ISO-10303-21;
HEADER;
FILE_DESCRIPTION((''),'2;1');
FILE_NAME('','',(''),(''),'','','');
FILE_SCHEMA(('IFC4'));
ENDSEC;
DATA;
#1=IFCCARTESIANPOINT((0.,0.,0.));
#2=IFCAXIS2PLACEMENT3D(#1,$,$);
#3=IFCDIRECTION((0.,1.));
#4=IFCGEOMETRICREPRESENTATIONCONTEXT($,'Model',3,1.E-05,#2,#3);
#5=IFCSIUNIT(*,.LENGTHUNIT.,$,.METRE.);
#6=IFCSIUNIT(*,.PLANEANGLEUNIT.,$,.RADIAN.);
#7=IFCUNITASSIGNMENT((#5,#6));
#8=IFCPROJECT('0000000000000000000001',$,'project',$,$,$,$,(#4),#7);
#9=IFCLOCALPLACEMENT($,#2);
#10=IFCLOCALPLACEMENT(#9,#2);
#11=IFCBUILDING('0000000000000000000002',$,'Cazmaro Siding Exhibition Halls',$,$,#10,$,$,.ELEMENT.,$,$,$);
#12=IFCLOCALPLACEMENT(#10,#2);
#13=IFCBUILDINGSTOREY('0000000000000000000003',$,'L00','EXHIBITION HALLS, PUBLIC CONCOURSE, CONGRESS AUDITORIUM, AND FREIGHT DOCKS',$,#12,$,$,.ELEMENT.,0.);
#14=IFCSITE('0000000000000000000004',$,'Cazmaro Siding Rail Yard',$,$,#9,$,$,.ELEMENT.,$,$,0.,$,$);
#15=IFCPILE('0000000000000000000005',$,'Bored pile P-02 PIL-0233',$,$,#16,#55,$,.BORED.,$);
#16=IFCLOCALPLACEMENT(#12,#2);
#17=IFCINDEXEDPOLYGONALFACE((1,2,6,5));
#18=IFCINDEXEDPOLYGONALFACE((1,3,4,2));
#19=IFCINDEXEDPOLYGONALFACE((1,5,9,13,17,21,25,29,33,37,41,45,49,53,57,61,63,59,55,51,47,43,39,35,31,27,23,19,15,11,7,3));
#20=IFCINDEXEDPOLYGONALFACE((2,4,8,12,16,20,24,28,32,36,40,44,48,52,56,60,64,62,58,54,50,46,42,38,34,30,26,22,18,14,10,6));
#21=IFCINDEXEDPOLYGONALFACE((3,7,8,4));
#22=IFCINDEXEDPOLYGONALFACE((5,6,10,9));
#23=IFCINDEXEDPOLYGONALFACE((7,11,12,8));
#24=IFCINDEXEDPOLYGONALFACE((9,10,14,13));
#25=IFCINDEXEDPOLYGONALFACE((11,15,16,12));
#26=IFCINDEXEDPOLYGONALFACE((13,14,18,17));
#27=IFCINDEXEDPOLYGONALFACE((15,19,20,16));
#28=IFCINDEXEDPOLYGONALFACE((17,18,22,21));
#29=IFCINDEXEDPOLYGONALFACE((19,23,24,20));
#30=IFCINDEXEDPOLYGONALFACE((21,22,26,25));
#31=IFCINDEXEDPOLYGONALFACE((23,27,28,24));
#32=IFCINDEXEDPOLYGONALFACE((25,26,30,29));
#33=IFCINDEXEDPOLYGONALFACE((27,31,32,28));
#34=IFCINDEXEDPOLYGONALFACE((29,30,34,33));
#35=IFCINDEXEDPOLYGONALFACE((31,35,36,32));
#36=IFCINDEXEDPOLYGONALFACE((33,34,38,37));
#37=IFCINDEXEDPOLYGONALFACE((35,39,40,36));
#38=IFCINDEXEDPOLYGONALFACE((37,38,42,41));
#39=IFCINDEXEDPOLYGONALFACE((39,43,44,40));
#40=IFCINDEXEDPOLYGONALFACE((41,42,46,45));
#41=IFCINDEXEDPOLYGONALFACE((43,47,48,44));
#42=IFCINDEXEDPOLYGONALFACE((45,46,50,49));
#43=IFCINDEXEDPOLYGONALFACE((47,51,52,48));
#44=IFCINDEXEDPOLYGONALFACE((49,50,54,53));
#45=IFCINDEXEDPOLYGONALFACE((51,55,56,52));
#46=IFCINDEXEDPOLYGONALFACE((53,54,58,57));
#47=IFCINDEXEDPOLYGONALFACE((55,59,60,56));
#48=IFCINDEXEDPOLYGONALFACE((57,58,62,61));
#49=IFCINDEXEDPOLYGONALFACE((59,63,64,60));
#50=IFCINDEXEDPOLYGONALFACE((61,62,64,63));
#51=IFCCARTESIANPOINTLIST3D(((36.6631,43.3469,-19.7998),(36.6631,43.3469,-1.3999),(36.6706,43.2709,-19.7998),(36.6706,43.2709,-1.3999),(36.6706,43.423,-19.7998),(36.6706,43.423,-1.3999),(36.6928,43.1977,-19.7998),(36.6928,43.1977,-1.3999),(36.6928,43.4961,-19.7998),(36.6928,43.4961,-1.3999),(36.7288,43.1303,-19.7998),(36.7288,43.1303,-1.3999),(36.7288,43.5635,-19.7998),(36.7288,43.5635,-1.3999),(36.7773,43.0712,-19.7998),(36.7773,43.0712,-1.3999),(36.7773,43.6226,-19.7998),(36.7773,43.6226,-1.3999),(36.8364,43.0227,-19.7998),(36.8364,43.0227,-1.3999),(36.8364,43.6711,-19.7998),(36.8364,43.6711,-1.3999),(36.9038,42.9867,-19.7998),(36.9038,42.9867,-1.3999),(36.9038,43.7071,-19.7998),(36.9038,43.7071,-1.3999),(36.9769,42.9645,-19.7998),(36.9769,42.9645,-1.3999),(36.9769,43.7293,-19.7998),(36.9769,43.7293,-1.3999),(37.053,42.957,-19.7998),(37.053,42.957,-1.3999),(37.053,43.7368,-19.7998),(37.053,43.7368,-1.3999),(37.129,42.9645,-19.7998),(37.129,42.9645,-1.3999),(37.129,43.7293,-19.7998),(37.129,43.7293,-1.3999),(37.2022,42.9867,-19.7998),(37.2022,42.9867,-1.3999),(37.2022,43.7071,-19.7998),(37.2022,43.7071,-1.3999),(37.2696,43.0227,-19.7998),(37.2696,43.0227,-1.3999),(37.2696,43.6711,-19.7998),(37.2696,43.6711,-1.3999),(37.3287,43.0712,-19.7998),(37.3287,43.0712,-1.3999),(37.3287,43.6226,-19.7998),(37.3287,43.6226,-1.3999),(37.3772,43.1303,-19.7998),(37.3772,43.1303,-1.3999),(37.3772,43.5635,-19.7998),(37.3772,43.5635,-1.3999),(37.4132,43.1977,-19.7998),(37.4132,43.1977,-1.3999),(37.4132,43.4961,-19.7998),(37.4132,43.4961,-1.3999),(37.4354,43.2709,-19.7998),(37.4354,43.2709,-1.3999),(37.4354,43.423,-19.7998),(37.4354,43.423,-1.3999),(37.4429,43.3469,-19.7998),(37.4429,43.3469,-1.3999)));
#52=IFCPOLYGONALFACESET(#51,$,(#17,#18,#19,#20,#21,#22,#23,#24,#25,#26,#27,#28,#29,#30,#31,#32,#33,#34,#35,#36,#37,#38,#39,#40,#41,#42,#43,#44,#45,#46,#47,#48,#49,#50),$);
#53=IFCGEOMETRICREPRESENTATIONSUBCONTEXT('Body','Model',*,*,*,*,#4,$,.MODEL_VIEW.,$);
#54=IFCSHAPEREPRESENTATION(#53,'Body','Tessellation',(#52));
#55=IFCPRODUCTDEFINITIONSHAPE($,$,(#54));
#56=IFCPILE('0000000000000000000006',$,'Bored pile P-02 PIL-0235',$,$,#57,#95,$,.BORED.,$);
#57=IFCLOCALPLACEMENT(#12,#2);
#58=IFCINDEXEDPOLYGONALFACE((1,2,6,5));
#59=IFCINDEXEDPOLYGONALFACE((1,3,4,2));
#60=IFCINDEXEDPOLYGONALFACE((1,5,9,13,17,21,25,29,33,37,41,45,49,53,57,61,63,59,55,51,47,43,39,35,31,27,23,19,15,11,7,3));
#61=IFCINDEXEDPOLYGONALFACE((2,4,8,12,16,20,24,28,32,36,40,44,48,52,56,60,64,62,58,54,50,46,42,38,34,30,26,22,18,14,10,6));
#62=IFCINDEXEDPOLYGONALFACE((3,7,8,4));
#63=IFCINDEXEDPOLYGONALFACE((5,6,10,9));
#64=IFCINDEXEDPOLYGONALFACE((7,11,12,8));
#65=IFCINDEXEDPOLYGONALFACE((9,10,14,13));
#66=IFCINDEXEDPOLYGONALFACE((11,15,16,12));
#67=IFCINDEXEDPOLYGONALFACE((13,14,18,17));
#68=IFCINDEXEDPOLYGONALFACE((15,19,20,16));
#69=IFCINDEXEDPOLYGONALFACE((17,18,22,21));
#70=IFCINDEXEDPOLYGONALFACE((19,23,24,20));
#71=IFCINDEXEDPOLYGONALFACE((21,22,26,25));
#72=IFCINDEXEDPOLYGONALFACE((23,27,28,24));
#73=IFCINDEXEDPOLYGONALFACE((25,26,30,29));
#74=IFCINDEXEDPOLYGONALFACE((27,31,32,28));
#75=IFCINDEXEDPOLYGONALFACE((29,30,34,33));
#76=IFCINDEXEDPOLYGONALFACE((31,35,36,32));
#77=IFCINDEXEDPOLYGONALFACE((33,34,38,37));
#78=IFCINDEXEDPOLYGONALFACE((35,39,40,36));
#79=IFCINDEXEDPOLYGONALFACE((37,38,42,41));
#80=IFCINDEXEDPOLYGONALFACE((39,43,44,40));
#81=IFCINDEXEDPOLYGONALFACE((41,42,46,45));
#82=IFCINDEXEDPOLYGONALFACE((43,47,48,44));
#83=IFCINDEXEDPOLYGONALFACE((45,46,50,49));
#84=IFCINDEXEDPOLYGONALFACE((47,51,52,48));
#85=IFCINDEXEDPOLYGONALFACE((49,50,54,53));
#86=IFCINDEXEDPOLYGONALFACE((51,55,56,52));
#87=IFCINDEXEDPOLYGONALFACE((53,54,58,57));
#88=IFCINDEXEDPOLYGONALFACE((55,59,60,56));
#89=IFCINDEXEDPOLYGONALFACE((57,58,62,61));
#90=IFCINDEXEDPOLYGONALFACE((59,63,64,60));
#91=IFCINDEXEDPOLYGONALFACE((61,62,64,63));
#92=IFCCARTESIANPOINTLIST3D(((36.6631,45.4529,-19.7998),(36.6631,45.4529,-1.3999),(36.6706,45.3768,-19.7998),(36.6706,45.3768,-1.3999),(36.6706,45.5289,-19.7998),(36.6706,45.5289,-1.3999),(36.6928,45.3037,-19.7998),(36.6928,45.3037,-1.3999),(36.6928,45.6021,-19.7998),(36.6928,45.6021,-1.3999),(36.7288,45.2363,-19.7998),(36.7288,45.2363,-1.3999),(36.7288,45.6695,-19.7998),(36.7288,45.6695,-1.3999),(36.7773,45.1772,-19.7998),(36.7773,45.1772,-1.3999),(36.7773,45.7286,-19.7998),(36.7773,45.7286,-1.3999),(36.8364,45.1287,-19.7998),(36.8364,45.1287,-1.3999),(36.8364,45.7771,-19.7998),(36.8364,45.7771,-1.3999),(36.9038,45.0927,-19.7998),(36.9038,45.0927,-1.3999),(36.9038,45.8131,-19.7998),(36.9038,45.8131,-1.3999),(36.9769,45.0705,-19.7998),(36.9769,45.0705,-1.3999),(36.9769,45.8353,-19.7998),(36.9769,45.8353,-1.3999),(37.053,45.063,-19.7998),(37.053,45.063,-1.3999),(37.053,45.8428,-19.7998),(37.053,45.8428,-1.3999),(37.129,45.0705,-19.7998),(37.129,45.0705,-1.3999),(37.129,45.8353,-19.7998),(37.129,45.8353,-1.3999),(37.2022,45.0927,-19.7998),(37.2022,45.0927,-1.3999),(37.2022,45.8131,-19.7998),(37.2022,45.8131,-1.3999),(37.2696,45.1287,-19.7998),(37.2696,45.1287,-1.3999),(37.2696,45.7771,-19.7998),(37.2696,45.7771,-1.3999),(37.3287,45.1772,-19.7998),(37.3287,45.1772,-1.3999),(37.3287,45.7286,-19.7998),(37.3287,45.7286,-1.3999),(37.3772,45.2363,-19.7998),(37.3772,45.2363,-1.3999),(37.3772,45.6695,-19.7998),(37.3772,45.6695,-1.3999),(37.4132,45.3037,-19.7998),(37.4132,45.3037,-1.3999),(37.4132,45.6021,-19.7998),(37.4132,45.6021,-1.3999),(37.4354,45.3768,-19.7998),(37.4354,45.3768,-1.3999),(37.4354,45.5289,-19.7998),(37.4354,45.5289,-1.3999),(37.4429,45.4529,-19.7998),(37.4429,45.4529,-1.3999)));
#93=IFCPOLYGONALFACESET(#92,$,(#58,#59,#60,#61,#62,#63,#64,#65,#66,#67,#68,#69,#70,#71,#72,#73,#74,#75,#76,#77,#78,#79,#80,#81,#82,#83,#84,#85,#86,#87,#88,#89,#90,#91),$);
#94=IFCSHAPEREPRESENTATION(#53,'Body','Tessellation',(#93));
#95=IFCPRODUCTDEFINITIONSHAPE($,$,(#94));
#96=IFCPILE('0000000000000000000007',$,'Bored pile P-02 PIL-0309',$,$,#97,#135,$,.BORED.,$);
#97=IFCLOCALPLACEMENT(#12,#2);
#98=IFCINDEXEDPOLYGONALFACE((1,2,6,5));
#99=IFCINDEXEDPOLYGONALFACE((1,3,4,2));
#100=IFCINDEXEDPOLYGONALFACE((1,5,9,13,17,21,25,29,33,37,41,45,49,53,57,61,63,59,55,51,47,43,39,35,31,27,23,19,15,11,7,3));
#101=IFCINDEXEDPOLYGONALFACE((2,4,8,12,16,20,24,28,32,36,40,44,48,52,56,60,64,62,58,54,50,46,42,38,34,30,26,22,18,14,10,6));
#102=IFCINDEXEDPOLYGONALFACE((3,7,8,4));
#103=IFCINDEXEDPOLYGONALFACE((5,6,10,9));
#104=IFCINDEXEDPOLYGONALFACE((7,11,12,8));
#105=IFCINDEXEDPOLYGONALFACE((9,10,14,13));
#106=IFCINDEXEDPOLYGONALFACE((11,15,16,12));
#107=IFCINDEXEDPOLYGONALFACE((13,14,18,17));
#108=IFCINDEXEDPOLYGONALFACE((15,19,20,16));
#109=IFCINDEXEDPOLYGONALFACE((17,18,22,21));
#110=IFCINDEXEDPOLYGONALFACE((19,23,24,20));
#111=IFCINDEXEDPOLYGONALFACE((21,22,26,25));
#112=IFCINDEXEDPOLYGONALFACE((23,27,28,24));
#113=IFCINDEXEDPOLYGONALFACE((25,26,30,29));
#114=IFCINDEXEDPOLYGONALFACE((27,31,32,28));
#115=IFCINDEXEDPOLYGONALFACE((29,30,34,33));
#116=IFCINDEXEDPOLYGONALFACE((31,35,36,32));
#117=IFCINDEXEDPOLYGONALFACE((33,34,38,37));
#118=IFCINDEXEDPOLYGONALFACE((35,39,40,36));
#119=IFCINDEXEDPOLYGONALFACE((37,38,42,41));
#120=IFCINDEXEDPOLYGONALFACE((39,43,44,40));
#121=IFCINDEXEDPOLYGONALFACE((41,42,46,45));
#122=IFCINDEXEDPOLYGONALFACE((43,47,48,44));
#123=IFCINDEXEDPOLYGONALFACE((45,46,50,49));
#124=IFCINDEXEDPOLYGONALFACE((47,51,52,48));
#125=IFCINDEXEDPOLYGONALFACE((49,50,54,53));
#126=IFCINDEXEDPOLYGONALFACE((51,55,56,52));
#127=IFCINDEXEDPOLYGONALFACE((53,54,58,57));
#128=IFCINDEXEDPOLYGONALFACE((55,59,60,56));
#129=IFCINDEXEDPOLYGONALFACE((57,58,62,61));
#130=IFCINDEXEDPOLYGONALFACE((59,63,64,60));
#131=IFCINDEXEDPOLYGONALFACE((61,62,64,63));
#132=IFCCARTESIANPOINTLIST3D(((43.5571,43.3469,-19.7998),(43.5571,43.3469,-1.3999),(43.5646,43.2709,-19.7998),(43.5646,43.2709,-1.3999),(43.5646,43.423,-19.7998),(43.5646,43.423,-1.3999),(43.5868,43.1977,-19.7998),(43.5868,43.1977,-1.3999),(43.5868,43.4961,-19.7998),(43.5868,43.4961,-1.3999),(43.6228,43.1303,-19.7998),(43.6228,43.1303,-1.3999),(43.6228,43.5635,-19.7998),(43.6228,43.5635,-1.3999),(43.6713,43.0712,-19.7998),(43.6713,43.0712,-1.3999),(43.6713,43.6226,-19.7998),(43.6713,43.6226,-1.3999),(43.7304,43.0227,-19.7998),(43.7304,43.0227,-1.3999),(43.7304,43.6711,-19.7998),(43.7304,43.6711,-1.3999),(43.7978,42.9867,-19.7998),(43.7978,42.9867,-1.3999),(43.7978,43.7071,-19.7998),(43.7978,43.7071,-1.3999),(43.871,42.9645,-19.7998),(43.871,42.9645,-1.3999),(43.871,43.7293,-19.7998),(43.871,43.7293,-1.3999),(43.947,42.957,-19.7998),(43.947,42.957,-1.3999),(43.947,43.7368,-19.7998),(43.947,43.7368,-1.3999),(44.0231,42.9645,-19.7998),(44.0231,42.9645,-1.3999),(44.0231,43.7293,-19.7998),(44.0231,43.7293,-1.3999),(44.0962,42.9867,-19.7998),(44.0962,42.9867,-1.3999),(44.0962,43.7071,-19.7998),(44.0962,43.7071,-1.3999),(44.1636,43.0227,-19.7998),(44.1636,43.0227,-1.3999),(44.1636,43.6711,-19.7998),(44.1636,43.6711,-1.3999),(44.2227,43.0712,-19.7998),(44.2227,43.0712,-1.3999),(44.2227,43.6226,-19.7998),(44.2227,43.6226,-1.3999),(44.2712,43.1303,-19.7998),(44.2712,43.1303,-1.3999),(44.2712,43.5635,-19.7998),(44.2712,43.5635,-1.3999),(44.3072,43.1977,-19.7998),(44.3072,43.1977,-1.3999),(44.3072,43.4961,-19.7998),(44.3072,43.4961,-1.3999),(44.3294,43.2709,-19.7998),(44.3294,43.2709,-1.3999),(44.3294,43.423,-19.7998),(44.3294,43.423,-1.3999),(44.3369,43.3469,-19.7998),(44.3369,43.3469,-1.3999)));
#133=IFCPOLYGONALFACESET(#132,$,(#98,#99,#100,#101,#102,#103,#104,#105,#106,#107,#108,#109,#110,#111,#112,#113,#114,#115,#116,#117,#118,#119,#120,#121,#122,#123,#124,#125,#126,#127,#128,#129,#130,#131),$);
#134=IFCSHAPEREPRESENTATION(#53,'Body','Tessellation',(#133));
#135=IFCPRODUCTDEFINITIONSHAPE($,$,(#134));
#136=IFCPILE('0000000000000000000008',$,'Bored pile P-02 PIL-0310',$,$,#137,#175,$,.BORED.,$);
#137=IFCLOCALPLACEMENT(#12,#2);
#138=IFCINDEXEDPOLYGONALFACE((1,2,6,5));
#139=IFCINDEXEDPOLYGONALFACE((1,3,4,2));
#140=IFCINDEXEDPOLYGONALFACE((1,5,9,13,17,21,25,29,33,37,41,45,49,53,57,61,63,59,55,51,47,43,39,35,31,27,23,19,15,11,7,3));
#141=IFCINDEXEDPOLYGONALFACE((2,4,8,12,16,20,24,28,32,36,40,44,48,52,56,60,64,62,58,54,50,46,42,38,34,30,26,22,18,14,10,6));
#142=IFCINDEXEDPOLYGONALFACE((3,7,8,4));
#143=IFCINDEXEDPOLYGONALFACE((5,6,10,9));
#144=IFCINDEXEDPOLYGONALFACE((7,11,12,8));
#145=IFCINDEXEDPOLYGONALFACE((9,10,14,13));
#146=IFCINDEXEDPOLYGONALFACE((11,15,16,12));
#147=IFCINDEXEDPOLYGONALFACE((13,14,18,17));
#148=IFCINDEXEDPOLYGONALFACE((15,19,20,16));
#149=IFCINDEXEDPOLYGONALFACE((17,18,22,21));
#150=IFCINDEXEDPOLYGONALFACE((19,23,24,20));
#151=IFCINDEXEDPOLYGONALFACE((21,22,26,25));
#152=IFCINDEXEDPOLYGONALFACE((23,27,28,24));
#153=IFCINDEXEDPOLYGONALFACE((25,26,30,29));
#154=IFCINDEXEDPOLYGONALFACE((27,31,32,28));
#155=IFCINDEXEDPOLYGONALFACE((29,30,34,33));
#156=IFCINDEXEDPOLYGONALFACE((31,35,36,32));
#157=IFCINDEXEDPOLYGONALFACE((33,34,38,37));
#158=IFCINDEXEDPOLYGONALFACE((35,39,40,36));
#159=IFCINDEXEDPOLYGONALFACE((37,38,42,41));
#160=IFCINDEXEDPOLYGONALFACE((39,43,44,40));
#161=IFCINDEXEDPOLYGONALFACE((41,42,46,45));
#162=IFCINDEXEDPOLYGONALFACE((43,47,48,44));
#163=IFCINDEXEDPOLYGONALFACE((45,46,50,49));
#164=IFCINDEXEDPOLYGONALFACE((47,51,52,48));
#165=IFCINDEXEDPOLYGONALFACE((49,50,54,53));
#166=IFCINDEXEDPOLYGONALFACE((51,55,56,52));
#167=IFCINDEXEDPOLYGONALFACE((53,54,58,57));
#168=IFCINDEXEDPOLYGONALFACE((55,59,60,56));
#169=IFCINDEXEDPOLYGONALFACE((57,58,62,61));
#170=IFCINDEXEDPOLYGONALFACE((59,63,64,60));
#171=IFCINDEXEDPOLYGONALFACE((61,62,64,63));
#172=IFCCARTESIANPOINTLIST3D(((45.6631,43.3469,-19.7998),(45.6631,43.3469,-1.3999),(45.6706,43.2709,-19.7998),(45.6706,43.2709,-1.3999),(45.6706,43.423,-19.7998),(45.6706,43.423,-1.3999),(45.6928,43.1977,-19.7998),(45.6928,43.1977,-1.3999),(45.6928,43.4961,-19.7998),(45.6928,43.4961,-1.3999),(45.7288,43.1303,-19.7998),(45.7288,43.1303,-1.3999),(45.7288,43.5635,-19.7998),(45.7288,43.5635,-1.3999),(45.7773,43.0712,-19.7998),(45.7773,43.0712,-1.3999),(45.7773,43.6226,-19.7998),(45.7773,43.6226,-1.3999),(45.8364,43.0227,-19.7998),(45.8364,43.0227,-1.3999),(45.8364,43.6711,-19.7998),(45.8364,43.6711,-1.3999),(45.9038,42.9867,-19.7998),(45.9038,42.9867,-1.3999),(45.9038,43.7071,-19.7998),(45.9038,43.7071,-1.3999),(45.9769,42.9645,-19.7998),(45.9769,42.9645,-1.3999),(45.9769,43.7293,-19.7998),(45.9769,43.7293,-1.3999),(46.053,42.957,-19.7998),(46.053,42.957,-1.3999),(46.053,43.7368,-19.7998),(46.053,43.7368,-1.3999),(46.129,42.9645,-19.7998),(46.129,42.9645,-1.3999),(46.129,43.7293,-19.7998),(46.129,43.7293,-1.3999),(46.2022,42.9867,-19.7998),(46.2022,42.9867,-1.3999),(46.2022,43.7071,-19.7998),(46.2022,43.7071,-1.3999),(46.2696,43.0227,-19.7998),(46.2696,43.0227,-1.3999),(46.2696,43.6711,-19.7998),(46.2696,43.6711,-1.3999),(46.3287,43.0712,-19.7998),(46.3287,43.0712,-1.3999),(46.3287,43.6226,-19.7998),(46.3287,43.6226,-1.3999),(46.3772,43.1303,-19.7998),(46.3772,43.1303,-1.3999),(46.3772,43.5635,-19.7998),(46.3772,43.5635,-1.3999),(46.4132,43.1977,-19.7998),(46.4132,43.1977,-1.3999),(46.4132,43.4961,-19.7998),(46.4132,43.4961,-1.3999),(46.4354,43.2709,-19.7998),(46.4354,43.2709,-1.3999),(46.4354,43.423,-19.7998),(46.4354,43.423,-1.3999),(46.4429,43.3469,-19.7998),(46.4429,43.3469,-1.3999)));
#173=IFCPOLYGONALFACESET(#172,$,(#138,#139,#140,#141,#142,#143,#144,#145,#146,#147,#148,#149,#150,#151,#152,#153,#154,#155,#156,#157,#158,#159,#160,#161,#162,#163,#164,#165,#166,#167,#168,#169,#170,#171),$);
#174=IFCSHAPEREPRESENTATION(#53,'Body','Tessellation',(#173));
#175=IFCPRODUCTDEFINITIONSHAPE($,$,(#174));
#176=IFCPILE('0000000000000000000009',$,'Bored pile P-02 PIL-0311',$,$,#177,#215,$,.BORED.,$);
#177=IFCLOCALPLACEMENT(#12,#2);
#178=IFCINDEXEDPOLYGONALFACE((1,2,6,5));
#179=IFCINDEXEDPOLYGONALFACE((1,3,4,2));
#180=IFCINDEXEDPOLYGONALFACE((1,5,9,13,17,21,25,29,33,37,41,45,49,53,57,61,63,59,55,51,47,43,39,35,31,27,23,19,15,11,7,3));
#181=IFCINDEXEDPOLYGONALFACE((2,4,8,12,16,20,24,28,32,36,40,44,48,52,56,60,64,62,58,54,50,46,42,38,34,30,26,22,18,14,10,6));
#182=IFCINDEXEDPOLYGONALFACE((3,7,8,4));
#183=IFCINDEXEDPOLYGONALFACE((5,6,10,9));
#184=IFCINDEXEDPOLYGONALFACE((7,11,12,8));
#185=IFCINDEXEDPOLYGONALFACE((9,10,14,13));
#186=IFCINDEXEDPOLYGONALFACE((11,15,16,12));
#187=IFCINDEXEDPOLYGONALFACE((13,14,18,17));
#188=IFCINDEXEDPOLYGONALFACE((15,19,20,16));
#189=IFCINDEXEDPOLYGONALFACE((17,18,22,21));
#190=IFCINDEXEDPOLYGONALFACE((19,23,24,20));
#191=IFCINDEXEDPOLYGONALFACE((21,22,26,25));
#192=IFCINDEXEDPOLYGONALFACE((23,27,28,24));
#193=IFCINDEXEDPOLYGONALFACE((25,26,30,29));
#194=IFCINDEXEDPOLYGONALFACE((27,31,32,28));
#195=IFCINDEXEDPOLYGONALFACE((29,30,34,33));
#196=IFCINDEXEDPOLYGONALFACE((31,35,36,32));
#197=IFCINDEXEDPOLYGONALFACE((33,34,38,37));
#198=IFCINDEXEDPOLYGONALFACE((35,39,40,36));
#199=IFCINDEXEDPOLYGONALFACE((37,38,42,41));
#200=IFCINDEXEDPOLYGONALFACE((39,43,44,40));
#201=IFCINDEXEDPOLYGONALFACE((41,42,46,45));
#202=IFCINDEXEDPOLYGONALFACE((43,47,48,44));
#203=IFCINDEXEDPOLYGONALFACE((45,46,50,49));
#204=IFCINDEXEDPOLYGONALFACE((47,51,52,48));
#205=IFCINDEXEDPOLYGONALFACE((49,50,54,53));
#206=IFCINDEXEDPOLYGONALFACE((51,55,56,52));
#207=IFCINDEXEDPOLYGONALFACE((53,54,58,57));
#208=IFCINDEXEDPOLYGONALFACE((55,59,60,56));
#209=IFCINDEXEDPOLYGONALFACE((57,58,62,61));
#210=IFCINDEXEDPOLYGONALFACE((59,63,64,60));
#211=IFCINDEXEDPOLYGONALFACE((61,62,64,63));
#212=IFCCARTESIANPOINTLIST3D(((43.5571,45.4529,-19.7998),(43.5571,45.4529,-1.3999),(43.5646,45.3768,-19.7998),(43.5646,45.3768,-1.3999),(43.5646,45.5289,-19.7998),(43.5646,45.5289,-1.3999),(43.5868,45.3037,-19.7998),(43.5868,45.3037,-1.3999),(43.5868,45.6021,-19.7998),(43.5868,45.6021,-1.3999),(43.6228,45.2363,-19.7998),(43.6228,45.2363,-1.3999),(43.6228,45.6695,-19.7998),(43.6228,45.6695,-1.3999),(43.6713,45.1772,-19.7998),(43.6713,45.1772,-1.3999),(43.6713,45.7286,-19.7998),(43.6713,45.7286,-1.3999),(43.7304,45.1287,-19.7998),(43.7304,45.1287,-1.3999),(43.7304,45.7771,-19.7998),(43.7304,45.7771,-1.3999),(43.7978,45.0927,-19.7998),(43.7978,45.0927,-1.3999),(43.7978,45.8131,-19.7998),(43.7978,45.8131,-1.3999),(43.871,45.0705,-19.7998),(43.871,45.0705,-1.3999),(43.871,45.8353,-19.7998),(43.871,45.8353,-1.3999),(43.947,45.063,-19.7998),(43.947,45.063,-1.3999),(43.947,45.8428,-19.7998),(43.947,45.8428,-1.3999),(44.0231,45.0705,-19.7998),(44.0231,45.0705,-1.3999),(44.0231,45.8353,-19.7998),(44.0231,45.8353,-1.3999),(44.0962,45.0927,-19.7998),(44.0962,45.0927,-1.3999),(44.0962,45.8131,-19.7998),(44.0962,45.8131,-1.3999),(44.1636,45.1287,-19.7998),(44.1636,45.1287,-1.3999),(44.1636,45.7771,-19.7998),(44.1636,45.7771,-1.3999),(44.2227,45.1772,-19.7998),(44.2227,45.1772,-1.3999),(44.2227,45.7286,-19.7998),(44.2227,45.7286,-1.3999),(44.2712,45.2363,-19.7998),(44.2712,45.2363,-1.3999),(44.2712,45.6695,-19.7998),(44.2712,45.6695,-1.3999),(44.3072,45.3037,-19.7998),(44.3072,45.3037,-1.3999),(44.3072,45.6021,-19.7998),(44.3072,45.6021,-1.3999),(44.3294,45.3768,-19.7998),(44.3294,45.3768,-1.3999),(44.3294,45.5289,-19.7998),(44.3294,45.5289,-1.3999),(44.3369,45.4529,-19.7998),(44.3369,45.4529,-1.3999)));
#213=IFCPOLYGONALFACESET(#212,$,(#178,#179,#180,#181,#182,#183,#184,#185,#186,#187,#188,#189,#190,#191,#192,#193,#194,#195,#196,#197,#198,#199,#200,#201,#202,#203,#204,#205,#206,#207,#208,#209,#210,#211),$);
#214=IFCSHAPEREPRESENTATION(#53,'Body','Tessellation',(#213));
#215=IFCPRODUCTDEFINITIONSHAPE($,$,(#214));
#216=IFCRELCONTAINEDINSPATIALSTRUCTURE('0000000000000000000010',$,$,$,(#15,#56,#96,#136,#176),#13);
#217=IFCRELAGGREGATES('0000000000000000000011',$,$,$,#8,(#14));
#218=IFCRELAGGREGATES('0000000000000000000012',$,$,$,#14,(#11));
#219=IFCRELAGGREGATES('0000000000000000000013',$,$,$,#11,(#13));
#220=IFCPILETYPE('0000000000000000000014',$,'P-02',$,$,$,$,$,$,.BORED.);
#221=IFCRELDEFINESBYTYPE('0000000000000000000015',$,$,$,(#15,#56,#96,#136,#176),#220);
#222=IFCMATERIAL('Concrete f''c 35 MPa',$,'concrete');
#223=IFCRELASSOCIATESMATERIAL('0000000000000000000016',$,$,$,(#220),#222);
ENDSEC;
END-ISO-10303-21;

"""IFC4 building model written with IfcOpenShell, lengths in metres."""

from ifc_helpers import new_model, si_unit, direction, frame, origin, origin_2d, place, context, subcontext, project, spatial, circle, extrude, material, material_profile, profile_set, type_object, element, save


model = new_model("IFC4")

# Units and contexts
model_context = context("Model", 3, precision=1e-05, world=origin(), true_north=direction((0.0, 1.0)))
body_context = subcontext(model_context, "Body", "Model", "MODEL_VIEW")
ifc_project = project(units=[si_unit("LENGTHUNIT", "METRE"), si_unit("PLANEANGLEUNIT", "RADIAN")], contexts=[model_context])

# Site, building, storey
site_placement = place(None, origin())
site = spatial("IfcSite", under=ifc_project, at=site_placement, Name="Cazmaro Siding Rail Yard", CompositionType="ELEMENT", RefElevation=0.0)
building_placement = place(site_placement, origin())
building = spatial("IfcBuilding", under=site, at=building_placement, Name="Cazmaro Siding Exhibition Halls", CompositionType="ELEMENT")
storey_placement = place(building_placement, origin())
storey = spatial("IfcBuildingStorey", under=building, at=storey_placement, Name="L00", Description="EXHIBITION HALLS, PUBLIC CONCOURSE, CONGRESS AUDITORIUM, AND FREIGHT DOCKS", CompositionType="ELEMENT", Elevation=0.0)

# Piles
ifc_material_1 = material(Name="Concrete f'c 35 MPa", Category="concrete")
ifc_material_profile_1 = material_profile(ifc_material_1, circle(Radius=0.3899, at=origin_2d()), Name="CIDH-780")
ifc_profile_set_1 = profile_set([ifc_material_profile_1], Name="Concrete f'c 35 MPa")
pile_type_1 = type_object("IfcPileType", Name="P-02", PredefinedType="BORED", material=ifc_profile_set_1)
for number, where, z_axis, x_axis, name in (
    (1, (37.053, 43.3469, -1.3999), (0.0, 0.0, -1.0), (1.0, 0.0, 0.0), "Bored pile P-02 PIL-0233"),
    (2, (37.053, 45.4529, -1.3999), (0.0, 0.0, -1.0), (1.0, 0.0, 0.0), "Bored pile P-02 PIL-0235"),
    (3, (43.947, 43.3469, -1.3999), (0.0, 0.0, -1.0), (1.0, 0.0, 0.0), "Bored pile P-02 PIL-0309"),
    (4, (46.053, 43.3469, -1.3999), (0.0, 0.0, -1.0), (1.0, 0.0, 0.0), "Bored pile P-02 PIL-0310"),
    (5, (43.947, 45.4529, -1.3999), (0.0, 0.0, -1.0), (1.0, 0.0, 0.0), "Bored pile P-02 PIL-0311"),
):
    element("IfcPile", number, at=place(storey_placement, frame(where, z_axis=z_axis, x_axis=x_axis)), inside=storey, type_object=pile_type_1, Name=name, PredefinedType="BORED", context=body_context, shape_type="SweptSolid", body=[
        extrude(circle(Radius=0.3899, at=origin_2d()), origin(), (0.0, 0.0, 1.0), 18.3999),
    ])

save(model, "model.ifc")
